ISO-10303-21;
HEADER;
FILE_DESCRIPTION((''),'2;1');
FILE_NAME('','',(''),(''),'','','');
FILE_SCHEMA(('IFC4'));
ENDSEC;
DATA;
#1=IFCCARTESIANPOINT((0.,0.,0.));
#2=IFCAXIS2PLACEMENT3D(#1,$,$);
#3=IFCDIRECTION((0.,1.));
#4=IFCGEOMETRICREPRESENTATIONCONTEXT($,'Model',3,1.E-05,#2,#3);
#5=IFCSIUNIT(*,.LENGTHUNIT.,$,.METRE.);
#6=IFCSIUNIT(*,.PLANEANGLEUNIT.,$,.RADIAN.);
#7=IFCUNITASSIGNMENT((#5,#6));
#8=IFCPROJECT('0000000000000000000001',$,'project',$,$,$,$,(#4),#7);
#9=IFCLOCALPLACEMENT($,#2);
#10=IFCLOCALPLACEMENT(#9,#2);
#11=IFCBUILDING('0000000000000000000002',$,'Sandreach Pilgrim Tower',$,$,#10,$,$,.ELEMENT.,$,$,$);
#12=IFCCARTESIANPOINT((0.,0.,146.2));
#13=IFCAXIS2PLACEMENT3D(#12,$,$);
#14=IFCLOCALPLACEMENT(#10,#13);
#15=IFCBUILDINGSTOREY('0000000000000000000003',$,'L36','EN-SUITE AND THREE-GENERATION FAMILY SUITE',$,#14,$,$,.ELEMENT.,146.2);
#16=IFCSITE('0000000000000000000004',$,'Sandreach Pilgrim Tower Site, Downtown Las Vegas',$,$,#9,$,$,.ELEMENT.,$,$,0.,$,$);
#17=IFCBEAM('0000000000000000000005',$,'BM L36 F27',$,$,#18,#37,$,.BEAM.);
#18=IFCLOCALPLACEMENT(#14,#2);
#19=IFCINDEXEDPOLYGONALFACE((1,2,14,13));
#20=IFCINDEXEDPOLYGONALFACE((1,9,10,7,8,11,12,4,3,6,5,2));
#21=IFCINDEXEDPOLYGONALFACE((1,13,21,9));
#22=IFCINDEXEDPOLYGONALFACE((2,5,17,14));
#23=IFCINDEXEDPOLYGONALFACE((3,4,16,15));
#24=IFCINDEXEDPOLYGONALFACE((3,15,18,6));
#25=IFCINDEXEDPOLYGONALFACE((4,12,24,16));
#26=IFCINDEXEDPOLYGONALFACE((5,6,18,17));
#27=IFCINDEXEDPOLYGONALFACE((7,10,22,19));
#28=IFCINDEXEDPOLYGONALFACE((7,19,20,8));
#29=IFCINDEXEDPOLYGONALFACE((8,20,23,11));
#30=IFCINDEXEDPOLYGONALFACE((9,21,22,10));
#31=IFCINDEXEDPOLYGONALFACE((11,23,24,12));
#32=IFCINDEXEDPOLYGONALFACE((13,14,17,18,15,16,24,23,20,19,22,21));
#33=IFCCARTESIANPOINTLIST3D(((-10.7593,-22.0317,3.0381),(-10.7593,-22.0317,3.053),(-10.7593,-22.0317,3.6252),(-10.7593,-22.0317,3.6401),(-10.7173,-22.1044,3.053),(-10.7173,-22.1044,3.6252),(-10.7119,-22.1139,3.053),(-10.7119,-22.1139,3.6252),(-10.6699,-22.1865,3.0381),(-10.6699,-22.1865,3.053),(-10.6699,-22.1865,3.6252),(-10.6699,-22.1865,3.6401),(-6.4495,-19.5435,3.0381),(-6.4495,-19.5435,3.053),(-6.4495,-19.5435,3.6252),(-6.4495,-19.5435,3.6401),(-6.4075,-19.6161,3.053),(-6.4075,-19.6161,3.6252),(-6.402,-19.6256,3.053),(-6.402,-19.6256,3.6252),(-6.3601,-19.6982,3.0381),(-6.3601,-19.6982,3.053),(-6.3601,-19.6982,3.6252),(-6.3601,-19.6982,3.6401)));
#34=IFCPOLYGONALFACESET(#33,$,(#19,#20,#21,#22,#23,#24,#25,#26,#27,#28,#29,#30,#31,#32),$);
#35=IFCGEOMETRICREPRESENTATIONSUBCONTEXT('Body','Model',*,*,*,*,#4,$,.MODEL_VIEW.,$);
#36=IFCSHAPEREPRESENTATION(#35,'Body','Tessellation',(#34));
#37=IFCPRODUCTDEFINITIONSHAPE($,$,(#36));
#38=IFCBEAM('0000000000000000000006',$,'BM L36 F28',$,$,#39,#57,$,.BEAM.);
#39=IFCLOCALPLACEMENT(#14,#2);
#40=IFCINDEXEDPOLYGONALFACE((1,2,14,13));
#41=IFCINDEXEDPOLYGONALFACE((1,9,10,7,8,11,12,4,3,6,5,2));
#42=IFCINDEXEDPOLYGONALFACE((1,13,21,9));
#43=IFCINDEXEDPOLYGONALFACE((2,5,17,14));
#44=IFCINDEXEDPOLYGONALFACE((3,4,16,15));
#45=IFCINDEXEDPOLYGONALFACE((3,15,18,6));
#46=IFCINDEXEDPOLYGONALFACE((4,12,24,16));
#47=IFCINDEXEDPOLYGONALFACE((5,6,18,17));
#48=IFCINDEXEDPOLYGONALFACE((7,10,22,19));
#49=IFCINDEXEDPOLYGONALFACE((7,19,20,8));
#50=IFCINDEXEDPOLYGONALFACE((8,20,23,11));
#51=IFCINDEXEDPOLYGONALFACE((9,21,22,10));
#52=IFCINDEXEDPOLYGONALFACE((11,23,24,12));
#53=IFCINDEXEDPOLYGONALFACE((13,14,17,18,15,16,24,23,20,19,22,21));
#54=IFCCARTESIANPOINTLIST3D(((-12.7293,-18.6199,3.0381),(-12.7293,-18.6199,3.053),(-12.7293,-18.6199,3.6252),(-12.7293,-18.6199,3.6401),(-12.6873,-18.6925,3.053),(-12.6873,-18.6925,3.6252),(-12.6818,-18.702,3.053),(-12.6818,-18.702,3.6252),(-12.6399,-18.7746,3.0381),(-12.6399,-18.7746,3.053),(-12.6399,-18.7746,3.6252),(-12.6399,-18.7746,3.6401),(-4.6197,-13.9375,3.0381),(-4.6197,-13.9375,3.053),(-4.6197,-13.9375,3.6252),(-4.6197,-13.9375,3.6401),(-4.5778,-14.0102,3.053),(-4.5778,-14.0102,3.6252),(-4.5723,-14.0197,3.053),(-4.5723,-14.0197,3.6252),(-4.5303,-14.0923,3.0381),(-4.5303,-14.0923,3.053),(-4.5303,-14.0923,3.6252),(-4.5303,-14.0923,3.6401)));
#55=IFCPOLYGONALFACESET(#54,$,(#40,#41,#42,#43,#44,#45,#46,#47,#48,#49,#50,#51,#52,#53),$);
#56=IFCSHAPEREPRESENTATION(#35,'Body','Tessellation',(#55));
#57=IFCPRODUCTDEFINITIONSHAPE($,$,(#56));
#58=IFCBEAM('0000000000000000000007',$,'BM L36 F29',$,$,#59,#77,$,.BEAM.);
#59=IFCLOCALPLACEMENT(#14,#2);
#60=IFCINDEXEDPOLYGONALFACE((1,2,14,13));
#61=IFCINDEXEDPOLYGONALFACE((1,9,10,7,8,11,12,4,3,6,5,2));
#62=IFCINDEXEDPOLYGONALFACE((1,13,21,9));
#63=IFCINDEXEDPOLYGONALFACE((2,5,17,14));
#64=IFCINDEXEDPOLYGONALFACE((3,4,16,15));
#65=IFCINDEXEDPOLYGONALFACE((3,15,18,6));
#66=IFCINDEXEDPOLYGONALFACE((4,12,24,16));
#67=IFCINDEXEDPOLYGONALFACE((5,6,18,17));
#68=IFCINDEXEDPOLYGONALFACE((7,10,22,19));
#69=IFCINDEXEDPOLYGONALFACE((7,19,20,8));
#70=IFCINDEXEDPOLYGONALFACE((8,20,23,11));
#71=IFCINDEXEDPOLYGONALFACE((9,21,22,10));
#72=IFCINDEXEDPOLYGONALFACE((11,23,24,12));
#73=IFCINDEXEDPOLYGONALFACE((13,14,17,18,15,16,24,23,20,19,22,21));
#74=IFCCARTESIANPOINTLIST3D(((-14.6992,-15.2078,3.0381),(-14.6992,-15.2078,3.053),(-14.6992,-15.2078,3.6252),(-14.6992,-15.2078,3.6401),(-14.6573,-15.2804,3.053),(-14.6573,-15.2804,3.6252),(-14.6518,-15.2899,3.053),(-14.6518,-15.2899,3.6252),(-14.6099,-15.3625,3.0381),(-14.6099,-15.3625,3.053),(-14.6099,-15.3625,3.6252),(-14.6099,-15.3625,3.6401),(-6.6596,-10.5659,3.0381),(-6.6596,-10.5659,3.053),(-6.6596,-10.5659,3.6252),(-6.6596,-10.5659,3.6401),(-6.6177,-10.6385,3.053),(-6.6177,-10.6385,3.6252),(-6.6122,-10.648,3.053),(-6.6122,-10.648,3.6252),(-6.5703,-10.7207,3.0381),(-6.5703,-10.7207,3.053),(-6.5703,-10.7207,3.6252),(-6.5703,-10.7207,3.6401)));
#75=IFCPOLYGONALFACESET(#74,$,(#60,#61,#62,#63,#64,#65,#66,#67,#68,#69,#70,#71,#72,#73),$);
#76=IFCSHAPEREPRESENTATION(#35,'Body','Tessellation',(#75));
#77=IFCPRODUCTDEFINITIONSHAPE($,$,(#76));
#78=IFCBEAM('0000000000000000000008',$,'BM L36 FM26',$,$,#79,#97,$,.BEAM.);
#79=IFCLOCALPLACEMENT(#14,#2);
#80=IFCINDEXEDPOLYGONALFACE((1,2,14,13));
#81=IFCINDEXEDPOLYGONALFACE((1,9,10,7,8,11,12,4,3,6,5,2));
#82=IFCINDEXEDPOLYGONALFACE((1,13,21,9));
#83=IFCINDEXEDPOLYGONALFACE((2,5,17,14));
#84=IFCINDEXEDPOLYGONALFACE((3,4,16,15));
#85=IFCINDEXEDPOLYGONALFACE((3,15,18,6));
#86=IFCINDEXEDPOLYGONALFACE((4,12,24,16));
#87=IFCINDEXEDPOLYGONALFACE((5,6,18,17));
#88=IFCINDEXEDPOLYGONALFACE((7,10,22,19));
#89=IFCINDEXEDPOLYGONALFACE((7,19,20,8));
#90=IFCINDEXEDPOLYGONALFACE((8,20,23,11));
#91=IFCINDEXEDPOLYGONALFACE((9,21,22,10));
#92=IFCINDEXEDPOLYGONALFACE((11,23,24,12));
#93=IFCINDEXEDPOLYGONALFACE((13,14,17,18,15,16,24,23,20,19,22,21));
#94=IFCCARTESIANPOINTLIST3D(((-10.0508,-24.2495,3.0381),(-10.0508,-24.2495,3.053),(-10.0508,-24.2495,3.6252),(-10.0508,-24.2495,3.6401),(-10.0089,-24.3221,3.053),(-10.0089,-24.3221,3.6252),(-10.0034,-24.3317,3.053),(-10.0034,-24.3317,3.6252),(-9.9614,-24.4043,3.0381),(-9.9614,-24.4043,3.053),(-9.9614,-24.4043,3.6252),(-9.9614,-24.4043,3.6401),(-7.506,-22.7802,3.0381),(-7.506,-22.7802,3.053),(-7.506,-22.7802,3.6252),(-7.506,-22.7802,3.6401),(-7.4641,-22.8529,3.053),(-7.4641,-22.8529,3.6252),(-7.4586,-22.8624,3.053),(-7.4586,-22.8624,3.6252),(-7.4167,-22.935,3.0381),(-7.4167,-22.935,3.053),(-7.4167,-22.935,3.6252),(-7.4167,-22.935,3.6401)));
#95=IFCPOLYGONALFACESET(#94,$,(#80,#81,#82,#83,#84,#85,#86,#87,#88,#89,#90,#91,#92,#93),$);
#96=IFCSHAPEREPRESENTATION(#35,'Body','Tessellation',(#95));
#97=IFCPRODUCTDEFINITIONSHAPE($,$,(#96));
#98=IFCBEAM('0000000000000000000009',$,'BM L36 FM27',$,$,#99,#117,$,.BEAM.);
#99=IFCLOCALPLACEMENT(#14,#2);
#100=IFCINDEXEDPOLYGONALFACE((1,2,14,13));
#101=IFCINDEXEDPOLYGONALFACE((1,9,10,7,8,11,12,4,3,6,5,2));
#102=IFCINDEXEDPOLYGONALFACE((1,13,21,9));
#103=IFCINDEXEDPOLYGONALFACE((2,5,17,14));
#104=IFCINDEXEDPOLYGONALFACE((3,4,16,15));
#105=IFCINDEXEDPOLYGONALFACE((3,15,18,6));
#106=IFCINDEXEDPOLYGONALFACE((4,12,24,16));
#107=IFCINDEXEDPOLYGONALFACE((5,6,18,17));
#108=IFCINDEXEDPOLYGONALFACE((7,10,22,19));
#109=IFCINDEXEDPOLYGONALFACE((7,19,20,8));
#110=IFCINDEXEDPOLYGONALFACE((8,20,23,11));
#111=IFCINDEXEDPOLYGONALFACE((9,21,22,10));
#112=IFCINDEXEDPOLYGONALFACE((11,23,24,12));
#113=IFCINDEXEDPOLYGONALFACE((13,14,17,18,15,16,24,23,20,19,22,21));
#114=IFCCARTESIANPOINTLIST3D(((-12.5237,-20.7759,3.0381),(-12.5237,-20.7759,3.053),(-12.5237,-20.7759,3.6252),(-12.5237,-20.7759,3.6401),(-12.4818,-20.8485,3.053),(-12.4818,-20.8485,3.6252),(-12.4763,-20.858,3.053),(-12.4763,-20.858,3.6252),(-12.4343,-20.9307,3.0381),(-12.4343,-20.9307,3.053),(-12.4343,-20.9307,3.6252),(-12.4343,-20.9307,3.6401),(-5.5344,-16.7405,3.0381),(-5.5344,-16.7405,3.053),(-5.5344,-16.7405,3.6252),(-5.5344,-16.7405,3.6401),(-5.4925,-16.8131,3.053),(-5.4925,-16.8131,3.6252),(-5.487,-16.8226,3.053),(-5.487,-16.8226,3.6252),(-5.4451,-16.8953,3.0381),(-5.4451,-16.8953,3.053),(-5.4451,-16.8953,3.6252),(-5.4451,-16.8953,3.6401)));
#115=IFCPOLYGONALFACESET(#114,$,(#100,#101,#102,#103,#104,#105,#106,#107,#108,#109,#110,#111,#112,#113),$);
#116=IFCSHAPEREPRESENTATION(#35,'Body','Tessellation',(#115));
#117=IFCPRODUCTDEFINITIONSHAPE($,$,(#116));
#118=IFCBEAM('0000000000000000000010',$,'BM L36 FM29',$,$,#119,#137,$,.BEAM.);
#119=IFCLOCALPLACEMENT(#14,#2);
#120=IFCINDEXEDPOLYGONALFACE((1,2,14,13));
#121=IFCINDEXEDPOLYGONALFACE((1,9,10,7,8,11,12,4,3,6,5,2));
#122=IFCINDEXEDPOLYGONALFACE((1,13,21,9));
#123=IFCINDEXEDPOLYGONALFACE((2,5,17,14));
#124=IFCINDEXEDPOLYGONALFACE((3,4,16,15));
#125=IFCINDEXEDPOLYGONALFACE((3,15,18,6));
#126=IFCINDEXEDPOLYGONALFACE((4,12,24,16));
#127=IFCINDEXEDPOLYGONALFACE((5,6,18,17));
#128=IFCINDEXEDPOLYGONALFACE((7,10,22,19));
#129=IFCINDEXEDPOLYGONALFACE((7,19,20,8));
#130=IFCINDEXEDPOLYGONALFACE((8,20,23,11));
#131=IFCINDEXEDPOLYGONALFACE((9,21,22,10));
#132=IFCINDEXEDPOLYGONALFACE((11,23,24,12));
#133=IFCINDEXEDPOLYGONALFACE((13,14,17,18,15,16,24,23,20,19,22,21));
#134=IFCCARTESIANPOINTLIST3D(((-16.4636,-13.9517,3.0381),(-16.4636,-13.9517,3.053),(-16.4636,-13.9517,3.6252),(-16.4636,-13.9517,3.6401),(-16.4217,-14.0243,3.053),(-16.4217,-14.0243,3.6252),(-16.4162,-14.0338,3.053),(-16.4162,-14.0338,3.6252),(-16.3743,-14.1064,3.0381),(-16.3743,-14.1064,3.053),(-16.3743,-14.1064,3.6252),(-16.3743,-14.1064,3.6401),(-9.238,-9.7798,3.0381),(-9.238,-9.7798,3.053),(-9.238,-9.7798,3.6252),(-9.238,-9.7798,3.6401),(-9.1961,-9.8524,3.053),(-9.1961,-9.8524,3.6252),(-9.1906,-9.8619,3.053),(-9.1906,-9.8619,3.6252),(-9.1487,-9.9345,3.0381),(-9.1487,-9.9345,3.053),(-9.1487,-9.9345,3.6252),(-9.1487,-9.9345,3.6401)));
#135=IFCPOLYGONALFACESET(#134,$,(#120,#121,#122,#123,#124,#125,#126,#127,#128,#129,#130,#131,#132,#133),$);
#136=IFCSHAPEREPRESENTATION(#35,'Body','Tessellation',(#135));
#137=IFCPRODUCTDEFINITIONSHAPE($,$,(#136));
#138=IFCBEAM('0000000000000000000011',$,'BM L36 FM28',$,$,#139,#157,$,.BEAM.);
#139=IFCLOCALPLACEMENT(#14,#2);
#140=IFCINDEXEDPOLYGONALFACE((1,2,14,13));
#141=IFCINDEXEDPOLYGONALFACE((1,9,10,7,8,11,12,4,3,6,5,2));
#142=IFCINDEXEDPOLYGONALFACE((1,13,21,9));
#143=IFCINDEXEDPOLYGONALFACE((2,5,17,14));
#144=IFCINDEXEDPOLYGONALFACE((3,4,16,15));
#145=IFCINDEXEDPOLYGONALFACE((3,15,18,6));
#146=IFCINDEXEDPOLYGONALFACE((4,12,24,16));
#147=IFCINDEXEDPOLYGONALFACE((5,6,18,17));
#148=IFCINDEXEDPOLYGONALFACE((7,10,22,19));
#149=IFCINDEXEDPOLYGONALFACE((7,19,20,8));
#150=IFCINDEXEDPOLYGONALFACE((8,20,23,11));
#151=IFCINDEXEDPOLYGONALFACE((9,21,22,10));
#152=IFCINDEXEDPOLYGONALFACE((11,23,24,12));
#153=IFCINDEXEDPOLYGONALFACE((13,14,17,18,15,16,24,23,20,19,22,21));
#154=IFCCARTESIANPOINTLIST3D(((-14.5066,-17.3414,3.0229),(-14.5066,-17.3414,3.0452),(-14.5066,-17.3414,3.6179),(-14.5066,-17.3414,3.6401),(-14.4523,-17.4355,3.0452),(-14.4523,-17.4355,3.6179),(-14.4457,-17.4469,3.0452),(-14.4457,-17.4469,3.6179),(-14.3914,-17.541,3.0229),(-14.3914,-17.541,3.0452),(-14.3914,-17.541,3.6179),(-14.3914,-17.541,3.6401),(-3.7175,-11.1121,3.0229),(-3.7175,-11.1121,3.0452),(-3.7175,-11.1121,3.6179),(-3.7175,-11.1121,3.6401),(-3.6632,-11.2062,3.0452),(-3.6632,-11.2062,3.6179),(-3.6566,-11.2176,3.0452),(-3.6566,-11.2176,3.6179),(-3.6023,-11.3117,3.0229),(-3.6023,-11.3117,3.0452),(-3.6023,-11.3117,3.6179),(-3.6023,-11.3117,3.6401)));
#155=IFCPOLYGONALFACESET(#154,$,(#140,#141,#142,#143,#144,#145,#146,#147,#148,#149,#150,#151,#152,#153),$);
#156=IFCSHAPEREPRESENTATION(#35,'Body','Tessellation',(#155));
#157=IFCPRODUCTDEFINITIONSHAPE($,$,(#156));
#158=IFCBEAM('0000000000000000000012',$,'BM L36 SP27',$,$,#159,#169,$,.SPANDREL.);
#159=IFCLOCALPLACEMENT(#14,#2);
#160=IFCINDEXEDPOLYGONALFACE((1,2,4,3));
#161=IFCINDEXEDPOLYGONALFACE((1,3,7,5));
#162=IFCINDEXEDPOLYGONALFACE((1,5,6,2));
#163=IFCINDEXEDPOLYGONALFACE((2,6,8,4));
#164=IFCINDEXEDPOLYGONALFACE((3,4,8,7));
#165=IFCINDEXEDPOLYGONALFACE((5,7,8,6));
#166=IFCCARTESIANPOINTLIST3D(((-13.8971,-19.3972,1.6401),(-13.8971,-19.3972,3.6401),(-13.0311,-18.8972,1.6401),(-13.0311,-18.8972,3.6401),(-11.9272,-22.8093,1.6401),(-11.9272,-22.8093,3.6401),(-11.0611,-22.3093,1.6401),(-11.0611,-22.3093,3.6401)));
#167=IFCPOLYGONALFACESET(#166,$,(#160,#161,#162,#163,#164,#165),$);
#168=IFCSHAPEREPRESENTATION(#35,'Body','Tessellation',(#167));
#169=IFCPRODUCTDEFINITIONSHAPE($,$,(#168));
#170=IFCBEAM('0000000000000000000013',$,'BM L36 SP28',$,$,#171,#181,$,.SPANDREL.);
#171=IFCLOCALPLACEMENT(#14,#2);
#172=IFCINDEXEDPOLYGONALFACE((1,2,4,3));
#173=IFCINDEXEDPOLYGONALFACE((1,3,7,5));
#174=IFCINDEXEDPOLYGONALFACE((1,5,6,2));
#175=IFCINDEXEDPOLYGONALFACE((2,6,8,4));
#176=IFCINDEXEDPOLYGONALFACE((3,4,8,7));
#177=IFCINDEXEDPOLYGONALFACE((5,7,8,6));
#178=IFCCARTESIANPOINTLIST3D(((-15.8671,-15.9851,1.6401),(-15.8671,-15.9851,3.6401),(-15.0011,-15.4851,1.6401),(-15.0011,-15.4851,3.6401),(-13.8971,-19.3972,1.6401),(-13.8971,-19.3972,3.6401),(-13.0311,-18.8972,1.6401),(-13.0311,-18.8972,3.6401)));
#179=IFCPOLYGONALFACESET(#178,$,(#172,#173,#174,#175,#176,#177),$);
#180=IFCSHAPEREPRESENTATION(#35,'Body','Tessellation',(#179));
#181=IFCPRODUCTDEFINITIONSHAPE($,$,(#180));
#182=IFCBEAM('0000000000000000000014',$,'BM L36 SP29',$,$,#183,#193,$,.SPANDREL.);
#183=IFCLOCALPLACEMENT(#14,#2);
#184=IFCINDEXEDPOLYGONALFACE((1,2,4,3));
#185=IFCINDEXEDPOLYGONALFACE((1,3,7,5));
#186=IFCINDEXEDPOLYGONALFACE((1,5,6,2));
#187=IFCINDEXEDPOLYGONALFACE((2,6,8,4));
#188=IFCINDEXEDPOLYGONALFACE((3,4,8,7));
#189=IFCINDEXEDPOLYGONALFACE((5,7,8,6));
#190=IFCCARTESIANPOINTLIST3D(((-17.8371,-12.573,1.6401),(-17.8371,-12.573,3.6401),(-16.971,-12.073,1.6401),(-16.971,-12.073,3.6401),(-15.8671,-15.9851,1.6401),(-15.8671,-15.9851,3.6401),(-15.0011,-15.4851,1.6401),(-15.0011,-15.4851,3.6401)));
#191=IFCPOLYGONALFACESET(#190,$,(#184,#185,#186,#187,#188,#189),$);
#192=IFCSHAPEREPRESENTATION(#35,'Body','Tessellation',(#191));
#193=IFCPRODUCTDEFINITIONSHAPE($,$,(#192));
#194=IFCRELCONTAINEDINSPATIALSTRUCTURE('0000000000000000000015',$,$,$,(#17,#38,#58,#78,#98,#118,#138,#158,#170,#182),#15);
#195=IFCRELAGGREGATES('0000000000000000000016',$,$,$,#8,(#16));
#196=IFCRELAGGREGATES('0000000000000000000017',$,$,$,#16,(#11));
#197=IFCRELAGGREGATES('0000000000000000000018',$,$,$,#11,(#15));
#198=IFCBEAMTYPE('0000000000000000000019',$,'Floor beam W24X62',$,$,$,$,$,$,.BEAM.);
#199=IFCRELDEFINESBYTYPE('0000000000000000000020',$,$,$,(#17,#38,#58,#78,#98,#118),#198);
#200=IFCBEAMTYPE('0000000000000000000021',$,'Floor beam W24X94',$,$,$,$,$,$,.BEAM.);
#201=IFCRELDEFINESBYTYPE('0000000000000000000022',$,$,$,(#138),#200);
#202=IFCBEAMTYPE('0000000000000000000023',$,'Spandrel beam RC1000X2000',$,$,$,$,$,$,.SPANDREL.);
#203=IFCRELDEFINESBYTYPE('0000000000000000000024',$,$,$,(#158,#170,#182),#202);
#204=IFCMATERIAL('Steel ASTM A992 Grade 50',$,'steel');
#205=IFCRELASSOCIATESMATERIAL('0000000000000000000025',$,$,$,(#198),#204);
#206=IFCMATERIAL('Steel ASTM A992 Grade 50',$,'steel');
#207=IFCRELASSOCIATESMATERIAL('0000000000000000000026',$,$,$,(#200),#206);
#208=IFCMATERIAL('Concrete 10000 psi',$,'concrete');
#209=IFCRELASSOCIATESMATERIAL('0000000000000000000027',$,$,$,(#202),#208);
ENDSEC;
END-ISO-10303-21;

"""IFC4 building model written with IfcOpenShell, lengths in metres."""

from ifc_helpers import new_model, si_unit, direction, frame, origin, origin_2d, place, context, subcontext, project, spatial, rectangle, i_section, extrude, material, material_profile, profile_set, type_object, element, save


model = new_model("IFC4")

# Units and contexts
model_context = context("Model", 3, precision=1e-05, world=origin(), true_north=direction((0.0, 1.0)))
body_context = subcontext(model_context, "Body", "Model", "MODEL_VIEW")
ifc_project = project(units=[si_unit("LENGTHUNIT", "METRE"), si_unit("PLANEANGLEUNIT", "RADIAN")], contexts=[model_context])

# Site, building, storey
site_placement = place(None, origin())
site = spatial("IfcSite", under=ifc_project, at=site_placement, Name="Sandreach Pilgrim Tower Site, Downtown Las Vegas", CompositionType="ELEMENT", RefElevation=0.0)
building_placement = place(site_placement, origin())
building = spatial("IfcBuilding", under=site, at=building_placement, Name="Sandreach Pilgrim Tower", CompositionType="ELEMENT")
storey_placement = place(building_placement, frame((0.0, 0.0, 146.2)))
storey = spatial("IfcBuildingStorey", under=building, at=storey_placement, Name="L36", Description="EN-SUITE AND THREE-GENERATION FAMILY SUITE", CompositionType="ELEMENT", Elevation=146.2)

# Beams
ifc_material_1 = material(Name="Steel ASTM A992 Grade 50", Category="steel")
ifc_material_profile_1 = material_profile(ifc_material_1, i_section(OverallWidth=0.1787, OverallDepth=0.6021, WebThickness=0.011, FlangeThickness=0.0149, at=origin_2d()), Name="W24X62")
ifc_profile_set_1 = profile_set([ifc_material_profile_1], Name="Steel ASTM A992 Grade 50")
beam_type_1 = type_object("IfcBeamType", Name="Floor beam W24X62", PredefinedType="BEAM", material=ifc_profile_set_1)
beam_1_placement = place(storey_placement, frame((-10.7146, -22.1091, 3.3391), z_axis=(0.866025, 0.500001, 0.0), x_axis=(-0.500001, 0.866025, 0.0)))
element("IfcBeam", 1, at=beam_1_placement, inside=storey, type_object=beam_type_1, Name="BM L36 F27", PredefinedType="BEAM", context=body_context, shape_type="SweptSolid", body=[
    extrude(i_section(OverallWidth=0.1787, OverallDepth=0.6021, WebThickness=0.011, FlangeThickness=0.0149, at=origin_2d()), origin(), (0.0, 0.0, 1.0), 4.9766),
])
beam_2_placement = place(storey_placement, frame((-12.6846, -18.6973, 3.3391), z_axis=(0.866012, 0.500023, 0.0), x_axis=(-0.500023, 0.866012, 0.0)))
element("IfcBeam", 2, at=beam_2_placement, inside=storey, type_object=beam_type_1, Name="BM L36 F28", PredefinedType="BEAM", context=body_context, shape_type="SweptSolid", body=[
    extrude(i_section(OverallWidth=0.1787, OverallDepth=0.6021, WebThickness=0.011, FlangeThickness=0.0149, at=origin_2d()), origin(), (0.0, 0.0, 1.0), 9.3643),
])
beam_3_placement = place(storey_placement, frame((-14.6545, -15.2852, 3.3391), z_axis=(0.866016, 0.500017, 0.0), x_axis=(-0.500017, 0.866016, 0.0)))
element("IfcBeam", 3, at=beam_3_placement, inside=storey, type_object=beam_type_1, Name="BM L36 F29", PredefinedType="BEAM", context=body_context, shape_type="SweptSolid", body=[
    extrude(i_section(OverallWidth=0.1787, OverallDepth=0.6021, WebThickness=0.011, FlangeThickness=0.0149, at=origin_2d()), origin(), (0.0, 0.0, 1.0), 9.2834),
])
beam_4_placement = place(storey_placement, frame((-10.0061, -24.3269, 3.3391), z_axis=(0.866015, 0.500017, 0.0), x_axis=(-0.500017, 0.866015, 0.0)))
element("IfcBeam", 4, at=beam_4_placement, inside=storey, type_object=beam_type_1, Name="BM L36 FM26", PredefinedType="BEAM", context=body_context, shape_type="SweptSolid", body=[
    extrude(i_section(OverallWidth=0.1787, OverallDepth=0.6021, WebThickness=0.011, FlangeThickness=0.0149, at=origin_2d()), origin(), (0.0, 0.0, 1.0), 2.9385),
])
beam_5_placement = place(storey_placement, frame((-12.479, -20.8533, 3.3391), z_axis=(0.866017, 0.500014, 0.0), x_axis=(-0.500014, 0.866017, 0.0)))
element("IfcBeam", 5, at=beam_5_placement, inside=storey, type_object=beam_type_1, Name="BM L36 FM27", PredefinedType="BEAM", context=body_context, shape_type="SweptSolid", body=[
    extrude(i_section(OverallWidth=0.1787, OverallDepth=0.6021, WebThickness=0.011, FlangeThickness=0.0149, at=origin_2d()), origin(), (0.0, 0.0, 1.0), 8.0706),
])
beam_6_placement = place(storey_placement, frame((-16.4189, -14.0291, 3.3391), z_axis=(0.866016, 0.500016, 0.0), x_axis=(-0.500016, 0.866016, 0.0)))
element("IfcBeam", 6, at=beam_6_placement, inside=storey, type_object=beam_type_1, Name="BM L36 FM29", PredefinedType="BEAM", context=body_context, shape_type="SweptSolid", body=[
    extrude(i_section(OverallWidth=0.1787, OverallDepth=0.6021, WebThickness=0.011, FlangeThickness=0.0149, at=origin_2d()), origin(), (0.0, 0.0, 1.0), 8.3435),
])
ifc_material_2 = material(Name="Steel ASTM A992 Grade 50", Category="steel")
ifc_material_profile_2 = material_profile(ifc_material_2, i_section(OverallWidth=0.2305, OverallDepth=0.6172, WebThickness=0.0132, FlangeThickness=0.0222, at=origin_2d()), Name="W24X94")
ifc_profile_set_2 = profile_set([ifc_material_profile_2], Name="Steel ASTM A992 Grade 50")
beam_type_2 = type_object("IfcBeamType", Name="Floor beam W24X94", PredefinedType="BEAM", material=ifc_profile_set_2)
beam_7_placement = place(storey_placement, frame((-14.449, -17.4412, 3.3315), z_axis=(0.866019, 0.500011, 0.0), x_axis=(-0.500011, 0.866019, 0.0)))
element("IfcBeam", 7, at=beam_7_placement, inside=storey, type_object=beam_type_2, Name="BM L36 FM28", PredefinedType="BEAM", context=body_context, shape_type="SweptSolid", body=[
    extrude(i_section(OverallWidth=0.2305, OverallDepth=0.6172, WebThickness=0.0132, FlangeThickness=0.0222, at=origin_2d()), origin(), (0.0, 0.0, 1.0), 12.4583),
])
ifc_material_3 = material(Name="Concrete 10000 psi", Category="concrete")
ifc_material_profile_3 = material_profile(ifc_material_3, rectangle(XDim=1.0, YDim=2.0, at=origin_2d()), Name="RC1000X2000")
ifc_profile_set_3 = profile_set([ifc_material_profile_3], Name="Concrete 10000 psi")
beam_type_3 = type_object("IfcBeamType", Name="Spandrel beam RC1000X2000", PredefinedType="SPANDREL", material=ifc_profile_set_3)
for number, where, z_axis, x_axis, name in (
    (8, (-11.4941, -22.5593, 2.6401), (-0.499998, 0.866027, 0.0), (-0.866027, -0.499998, 0.0), "BM L36 SP27"),
    (9, (-13.4641, -19.1472, 2.6401), (-0.499998, 0.866027, 0.0), (-0.866027, -0.499998, 0.0), "BM L36 SP28"),
    (10, (-15.4341, -15.7351, 2.6401), (-0.499998, 0.866027, 0.0), (-0.866027, -0.499998, 0.0), "BM L36 SP29"),
):
    element("IfcBeam", number, at=place(storey_placement, frame(where, z_axis=z_axis, x_axis=x_axis)), inside=storey, type_object=beam_type_3, Name=name, PredefinedType="SPANDREL", context=body_context, shape_type="SweptSolid", body=[
        extrude(rectangle(XDim=1.0, YDim=2.0, at=origin_2d()), origin(), (0.0, 0.0, 1.0), 3.9399),
    ])

save(model, "model.ifc")
